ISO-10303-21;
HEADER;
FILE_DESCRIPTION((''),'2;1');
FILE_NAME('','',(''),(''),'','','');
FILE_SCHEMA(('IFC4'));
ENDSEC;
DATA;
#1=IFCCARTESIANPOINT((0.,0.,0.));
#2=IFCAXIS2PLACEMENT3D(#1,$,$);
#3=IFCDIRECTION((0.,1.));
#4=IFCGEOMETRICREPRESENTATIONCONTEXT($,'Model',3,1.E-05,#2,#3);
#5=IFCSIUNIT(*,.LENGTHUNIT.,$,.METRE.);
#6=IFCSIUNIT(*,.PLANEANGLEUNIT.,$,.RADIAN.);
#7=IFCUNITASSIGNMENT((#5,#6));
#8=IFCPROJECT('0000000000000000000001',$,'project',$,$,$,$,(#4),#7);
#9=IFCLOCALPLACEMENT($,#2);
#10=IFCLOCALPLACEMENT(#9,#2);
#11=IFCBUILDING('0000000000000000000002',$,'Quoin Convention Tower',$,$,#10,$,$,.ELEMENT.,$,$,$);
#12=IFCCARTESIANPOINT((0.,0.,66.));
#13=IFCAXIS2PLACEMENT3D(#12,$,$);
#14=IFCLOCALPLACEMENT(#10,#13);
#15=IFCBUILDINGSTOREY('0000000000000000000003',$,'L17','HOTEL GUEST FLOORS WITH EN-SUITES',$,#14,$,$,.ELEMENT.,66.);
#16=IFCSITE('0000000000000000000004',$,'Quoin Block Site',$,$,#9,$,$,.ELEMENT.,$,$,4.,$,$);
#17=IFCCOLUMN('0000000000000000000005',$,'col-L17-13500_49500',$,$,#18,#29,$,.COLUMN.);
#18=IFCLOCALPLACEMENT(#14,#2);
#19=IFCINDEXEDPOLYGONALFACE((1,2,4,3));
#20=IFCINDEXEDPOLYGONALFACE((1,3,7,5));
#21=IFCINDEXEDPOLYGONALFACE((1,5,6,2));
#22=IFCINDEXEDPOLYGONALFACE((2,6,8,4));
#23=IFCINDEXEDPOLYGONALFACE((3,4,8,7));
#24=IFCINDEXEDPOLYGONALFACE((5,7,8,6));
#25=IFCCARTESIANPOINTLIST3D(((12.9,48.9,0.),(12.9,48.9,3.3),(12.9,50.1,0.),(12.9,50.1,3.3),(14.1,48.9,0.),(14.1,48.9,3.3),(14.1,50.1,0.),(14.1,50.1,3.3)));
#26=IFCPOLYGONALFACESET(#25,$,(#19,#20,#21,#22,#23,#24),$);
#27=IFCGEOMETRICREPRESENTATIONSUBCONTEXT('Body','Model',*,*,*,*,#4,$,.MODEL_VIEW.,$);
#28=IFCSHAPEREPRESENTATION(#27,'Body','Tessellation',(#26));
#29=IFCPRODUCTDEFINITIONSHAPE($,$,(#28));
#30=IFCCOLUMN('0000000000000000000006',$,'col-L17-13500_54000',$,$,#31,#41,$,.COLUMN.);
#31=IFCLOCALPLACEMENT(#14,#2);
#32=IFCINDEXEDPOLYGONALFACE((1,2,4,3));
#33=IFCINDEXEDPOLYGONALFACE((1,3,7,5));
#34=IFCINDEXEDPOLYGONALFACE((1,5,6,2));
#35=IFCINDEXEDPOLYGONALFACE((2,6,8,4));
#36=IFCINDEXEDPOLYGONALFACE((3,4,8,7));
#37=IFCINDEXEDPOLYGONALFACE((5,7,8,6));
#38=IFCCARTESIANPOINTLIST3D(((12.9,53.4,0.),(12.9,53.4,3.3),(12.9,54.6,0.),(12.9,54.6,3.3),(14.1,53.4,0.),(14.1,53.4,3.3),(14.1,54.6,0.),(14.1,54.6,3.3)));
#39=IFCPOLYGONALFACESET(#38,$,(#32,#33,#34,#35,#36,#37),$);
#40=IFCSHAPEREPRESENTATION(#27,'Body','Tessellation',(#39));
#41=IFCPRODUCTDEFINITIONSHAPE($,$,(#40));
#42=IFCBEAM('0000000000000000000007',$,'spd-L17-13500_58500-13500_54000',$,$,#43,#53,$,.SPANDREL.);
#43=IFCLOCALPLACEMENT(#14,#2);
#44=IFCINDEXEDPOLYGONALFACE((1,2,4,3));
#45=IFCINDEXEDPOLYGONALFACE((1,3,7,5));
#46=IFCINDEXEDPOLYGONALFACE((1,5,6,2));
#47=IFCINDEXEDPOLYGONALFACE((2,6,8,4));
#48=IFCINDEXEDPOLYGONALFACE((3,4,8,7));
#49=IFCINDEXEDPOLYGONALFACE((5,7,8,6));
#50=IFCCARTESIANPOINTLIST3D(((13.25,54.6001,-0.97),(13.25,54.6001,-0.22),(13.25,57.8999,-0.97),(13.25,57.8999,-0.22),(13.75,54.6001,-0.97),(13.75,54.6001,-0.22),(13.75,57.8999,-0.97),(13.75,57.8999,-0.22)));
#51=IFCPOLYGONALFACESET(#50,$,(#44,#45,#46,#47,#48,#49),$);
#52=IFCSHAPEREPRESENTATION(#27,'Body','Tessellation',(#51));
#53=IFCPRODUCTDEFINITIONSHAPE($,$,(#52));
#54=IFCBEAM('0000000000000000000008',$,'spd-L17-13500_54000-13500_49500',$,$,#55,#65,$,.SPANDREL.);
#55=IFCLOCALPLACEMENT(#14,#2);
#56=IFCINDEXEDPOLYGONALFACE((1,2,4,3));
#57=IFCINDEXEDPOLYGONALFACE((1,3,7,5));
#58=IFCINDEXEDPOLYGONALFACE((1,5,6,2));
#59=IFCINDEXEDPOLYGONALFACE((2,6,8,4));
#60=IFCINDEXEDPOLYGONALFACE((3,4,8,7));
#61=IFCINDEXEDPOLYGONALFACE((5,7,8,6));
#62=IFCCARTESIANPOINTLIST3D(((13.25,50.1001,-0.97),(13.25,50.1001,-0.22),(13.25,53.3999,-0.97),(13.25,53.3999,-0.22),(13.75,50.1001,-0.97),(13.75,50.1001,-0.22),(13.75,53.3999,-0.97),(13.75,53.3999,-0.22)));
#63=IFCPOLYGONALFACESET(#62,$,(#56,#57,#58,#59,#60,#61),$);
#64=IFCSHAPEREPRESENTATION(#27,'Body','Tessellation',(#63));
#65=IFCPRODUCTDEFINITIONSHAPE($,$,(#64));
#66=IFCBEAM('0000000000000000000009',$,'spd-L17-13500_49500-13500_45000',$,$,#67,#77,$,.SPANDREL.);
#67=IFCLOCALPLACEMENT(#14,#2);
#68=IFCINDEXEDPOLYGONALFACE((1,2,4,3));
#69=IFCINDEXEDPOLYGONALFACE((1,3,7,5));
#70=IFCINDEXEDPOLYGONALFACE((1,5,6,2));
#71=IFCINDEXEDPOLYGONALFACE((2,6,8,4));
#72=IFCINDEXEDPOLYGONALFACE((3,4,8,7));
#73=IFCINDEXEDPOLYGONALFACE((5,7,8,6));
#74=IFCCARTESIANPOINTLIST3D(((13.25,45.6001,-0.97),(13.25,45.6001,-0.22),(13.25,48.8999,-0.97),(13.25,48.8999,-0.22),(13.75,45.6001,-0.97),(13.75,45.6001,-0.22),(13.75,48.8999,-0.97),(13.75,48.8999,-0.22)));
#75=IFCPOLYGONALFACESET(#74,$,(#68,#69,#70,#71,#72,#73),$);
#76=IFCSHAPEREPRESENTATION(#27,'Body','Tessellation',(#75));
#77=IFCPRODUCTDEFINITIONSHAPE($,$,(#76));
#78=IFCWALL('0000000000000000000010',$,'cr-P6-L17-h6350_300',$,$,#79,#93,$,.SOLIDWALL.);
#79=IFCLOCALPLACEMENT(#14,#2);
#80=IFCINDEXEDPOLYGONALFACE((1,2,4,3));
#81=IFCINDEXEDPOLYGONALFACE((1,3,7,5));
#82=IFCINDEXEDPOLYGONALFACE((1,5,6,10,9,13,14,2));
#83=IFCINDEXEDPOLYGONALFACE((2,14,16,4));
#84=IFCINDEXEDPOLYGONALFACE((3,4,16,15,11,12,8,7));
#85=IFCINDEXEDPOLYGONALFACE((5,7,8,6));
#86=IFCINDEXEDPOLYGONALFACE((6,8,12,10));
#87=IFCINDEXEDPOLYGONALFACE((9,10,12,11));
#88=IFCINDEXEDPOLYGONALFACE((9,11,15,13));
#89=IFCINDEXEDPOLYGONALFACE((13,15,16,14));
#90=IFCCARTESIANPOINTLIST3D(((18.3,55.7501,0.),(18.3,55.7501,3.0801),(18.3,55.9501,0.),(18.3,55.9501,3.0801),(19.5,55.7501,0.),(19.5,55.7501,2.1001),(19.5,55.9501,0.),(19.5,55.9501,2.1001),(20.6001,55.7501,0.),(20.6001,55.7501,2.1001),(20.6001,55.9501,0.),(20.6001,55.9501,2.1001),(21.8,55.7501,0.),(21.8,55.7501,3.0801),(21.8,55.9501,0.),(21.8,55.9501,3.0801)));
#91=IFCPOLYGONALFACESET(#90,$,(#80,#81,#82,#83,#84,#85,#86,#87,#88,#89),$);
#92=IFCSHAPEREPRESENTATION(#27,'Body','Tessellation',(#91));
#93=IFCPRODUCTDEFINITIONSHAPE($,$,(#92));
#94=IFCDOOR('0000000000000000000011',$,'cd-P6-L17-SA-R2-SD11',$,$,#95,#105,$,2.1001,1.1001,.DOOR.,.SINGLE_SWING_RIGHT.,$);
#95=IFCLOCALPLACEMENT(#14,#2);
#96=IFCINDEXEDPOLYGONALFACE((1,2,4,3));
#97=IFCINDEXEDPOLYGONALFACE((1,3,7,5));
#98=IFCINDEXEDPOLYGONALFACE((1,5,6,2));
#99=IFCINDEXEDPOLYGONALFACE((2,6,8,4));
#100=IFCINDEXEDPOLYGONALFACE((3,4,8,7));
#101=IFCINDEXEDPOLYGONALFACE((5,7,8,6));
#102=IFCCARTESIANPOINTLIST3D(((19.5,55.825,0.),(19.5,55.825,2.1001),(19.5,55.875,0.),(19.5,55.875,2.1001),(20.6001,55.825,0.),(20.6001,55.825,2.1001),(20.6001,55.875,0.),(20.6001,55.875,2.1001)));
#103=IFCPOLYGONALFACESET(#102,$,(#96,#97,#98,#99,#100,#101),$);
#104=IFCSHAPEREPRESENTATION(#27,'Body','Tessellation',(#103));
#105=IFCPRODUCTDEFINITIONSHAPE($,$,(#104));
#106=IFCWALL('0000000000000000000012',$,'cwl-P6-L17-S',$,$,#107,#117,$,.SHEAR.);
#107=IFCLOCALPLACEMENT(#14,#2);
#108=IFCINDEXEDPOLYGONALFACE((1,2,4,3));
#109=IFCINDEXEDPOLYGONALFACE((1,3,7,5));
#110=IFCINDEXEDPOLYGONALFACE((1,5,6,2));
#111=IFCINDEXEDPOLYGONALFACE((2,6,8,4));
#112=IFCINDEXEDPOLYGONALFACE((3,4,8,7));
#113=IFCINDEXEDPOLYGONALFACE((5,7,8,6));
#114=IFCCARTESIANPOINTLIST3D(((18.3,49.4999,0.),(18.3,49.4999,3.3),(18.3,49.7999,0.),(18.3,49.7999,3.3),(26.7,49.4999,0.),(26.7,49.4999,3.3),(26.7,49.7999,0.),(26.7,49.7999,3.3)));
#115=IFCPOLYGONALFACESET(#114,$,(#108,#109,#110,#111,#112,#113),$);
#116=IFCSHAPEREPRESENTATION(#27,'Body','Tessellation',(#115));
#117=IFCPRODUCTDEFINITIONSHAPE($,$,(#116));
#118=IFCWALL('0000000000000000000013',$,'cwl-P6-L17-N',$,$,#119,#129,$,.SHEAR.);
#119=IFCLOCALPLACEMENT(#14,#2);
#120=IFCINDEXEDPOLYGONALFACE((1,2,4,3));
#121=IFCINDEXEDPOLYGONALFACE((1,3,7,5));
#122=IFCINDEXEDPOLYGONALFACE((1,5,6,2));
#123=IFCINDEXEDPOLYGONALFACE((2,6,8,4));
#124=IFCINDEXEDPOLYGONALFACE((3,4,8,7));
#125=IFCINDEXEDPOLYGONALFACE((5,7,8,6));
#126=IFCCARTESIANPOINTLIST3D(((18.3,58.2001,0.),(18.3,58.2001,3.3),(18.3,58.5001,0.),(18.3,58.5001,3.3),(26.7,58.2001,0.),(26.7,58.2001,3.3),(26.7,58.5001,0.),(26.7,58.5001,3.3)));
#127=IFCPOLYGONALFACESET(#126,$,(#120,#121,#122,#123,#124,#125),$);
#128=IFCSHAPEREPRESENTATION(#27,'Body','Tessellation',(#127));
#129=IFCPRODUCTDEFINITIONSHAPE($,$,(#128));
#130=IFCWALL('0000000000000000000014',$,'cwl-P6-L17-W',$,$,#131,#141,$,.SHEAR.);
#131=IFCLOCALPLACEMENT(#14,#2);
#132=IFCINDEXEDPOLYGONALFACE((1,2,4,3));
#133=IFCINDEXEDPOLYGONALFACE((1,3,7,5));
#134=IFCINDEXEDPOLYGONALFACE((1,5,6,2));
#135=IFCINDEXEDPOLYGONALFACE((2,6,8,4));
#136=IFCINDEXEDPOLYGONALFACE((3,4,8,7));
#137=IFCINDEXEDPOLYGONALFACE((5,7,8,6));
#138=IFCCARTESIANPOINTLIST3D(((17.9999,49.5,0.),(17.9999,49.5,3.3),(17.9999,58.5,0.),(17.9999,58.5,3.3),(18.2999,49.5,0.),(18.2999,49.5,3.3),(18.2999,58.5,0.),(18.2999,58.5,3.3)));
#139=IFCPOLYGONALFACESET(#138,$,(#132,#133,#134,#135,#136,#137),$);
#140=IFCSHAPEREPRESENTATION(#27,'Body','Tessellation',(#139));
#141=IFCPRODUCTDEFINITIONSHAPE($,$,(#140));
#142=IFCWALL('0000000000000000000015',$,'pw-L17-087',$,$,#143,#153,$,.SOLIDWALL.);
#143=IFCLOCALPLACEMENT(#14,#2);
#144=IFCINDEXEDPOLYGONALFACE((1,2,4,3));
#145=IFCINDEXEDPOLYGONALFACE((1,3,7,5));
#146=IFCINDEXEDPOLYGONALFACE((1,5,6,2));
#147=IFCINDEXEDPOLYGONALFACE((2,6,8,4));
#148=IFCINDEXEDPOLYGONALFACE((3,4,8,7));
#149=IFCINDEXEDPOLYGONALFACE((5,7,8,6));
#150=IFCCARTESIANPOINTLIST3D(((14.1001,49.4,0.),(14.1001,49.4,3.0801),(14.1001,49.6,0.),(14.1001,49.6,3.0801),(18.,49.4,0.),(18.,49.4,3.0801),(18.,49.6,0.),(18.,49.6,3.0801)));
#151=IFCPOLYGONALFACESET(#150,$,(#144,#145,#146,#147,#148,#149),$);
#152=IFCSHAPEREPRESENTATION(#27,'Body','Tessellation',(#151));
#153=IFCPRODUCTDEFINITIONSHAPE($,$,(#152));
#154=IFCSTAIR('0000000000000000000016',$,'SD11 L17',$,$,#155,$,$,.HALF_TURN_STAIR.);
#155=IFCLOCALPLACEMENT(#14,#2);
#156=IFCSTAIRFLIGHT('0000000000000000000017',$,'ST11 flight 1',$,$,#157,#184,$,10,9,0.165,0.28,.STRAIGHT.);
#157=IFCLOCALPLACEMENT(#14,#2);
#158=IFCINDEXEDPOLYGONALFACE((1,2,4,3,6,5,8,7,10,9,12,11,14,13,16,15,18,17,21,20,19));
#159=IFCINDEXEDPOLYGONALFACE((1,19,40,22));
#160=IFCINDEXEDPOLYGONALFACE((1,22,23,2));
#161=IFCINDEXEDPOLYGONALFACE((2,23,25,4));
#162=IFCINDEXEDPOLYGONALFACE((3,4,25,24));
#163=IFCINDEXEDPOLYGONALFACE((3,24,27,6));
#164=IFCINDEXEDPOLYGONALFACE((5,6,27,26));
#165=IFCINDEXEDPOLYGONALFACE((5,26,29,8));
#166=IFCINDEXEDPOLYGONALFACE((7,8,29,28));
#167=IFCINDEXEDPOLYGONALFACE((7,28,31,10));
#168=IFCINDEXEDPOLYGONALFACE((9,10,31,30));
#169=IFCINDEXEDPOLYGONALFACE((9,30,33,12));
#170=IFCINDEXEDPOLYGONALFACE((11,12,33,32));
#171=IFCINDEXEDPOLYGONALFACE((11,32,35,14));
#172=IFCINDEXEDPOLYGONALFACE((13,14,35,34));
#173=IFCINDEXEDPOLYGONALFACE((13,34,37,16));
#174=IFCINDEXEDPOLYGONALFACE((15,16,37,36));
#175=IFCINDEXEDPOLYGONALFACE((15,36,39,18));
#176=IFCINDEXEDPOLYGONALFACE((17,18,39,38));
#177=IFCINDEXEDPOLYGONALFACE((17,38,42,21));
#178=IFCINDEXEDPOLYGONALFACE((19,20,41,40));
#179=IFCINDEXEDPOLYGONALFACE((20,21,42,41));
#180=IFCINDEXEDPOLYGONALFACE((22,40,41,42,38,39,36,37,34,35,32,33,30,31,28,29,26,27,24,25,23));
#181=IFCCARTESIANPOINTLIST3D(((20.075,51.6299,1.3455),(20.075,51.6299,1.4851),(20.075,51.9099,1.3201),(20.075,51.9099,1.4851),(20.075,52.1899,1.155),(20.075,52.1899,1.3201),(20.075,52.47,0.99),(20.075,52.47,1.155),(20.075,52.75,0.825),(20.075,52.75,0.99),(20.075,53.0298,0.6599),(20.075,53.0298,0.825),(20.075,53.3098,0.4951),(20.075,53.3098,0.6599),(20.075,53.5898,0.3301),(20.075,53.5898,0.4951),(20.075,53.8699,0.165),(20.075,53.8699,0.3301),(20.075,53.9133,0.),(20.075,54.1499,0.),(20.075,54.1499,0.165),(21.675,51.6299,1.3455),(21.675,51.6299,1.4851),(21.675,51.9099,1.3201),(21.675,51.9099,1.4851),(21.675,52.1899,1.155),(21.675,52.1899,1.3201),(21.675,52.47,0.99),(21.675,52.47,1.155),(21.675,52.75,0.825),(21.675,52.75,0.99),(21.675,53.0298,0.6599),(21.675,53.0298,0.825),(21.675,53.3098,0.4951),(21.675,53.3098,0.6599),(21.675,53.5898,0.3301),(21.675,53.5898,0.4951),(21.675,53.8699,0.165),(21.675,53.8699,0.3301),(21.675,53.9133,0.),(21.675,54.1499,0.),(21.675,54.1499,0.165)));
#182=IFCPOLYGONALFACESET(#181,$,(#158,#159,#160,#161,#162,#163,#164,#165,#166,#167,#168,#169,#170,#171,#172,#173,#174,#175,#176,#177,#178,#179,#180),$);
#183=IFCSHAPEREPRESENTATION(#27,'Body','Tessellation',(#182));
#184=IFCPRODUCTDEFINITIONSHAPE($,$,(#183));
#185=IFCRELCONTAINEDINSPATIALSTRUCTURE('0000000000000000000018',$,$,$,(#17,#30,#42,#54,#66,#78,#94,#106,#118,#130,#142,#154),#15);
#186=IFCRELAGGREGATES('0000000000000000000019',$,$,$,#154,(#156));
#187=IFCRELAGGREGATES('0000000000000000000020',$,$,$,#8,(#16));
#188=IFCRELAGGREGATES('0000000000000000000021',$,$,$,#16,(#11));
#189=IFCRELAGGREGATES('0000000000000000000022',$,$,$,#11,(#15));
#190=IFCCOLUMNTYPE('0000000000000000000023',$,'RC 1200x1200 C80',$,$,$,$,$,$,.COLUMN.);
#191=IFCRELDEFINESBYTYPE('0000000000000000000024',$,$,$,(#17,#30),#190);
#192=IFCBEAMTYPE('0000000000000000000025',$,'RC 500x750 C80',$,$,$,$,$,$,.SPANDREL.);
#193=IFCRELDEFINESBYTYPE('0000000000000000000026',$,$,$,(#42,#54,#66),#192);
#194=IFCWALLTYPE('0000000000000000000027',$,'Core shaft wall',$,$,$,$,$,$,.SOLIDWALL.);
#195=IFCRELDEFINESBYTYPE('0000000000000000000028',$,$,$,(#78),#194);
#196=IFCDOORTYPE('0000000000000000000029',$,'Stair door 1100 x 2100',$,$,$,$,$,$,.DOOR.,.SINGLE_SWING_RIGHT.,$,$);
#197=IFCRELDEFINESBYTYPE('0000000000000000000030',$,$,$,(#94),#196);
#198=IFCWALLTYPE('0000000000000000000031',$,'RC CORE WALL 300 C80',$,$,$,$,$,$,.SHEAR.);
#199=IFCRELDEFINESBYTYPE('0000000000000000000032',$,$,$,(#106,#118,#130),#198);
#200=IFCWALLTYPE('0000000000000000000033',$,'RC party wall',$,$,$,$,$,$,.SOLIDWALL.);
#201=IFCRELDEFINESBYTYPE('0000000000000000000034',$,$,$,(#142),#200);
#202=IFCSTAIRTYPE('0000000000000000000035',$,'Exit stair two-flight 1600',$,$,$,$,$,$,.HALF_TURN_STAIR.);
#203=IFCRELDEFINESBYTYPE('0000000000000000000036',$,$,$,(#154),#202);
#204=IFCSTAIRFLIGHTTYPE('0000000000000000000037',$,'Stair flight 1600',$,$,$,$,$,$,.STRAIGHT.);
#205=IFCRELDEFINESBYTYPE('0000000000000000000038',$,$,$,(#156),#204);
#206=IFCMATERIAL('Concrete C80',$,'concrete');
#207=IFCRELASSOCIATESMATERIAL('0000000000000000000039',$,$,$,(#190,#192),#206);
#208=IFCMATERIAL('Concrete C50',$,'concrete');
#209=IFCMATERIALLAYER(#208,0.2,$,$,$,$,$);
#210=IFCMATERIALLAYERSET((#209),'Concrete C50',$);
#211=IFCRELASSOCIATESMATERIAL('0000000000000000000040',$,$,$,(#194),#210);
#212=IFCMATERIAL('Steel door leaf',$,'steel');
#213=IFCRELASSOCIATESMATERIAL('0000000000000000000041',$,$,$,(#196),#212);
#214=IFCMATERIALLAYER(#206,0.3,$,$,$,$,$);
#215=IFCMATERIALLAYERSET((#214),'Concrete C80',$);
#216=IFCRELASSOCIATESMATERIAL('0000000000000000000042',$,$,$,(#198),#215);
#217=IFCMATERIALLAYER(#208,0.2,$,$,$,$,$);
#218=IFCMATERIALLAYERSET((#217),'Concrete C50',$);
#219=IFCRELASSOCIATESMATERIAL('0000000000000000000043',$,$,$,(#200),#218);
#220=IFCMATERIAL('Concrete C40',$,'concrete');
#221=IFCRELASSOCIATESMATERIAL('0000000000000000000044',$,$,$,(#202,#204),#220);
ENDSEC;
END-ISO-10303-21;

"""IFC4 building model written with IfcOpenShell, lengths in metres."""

from ifc_helpers import new_model, si_unit, direction, frame, frame_2d, origin, origin_2d, place, context, subcontext, project, spatial, polyline, rectangle, outline, extrude, material, layer, layer_set, material_profile, profile_set, type_object, element, fill, aggregate, save


model = new_model("IFC4")

# Units and contexts
model_context = context("Model", 3, precision=1e-05, world=origin(), true_north=direction((0.0, 1.0)))
body_context = subcontext(model_context, "Body", "Model", "MODEL_VIEW")
ifc_project = project(units=[si_unit("LENGTHUNIT", "METRE"), si_unit("PLANEANGLEUNIT", "RADIAN")], contexts=[model_context])

# Site, building, storey
site_placement = place(None, origin())
site = spatial("IfcSite", under=ifc_project, at=site_placement, Name="Quoin Block Site", CompositionType="ELEMENT", RefElevation=4.0)
building_placement = place(site_placement, origin())
building = spatial("IfcBuilding", under=site, at=building_placement, Name="Quoin Convention Tower", CompositionType="ELEMENT")
storey_placement = place(building_placement, frame((0.0, 0.0, 66.0)))
storey = spatial("IfcBuildingStorey", under=building, at=storey_placement, Name="L17", Description="HOTEL GUEST FLOORS WITH EN-SUITES", CompositionType="ELEMENT", Elevation=66.0)

# Columns
ifc_material_1 = material(Name="Concrete C80", Category="concrete")
ifc_material_profile_1 = material_profile(ifc_material_1, rectangle(XDim=1.2, YDim=1.2, at=origin_2d()), Name="RC 1200x1200")
ifc_profile_set_1 = profile_set([ifc_material_profile_1], Name="Concrete C80")
column_type = type_object("IfcColumnType", Name="RC 1200x1200 C80", PredefinedType="COLUMN", material=ifc_profile_set_1)
for number, where, z_axis, x_axis, name in (
    (1, (13.5, 49.5, 0.0), (0.0, 0.0, 1.0), (1.0, 0.0, 0.0), "col-L17-13500_49500"),
    (2, (13.5, 54.0, 0.0), (0.0, 0.0, 1.0), (1.0, 0.0, 0.0), "col-L17-13500_54000"),
):
    element("IfcColumn", number, at=place(storey_placement, frame(where, z_axis=z_axis, x_axis=x_axis)), inside=storey, type_object=column_type, Name=name, PredefinedType="COLUMN", context=body_context, shape_type="SweptSolid", body=[
        extrude(rectangle(XDim=1.2, YDim=1.2, at=origin_2d()), origin(), (0.0, 0.0, 1.0), 3.3),
    ])

# Beams
ifc_material_profile_2 = material_profile(ifc_material_1, rectangle(XDim=0.5, YDim=0.75, at=origin_2d()), Name="RC 500x750")
ifc_profile_set_2 = profile_set([ifc_material_profile_2], Name="Concrete C80")
beam_type = type_object("IfcBeamType", Name="RC 500x750 C80", PredefinedType="SPANDREL", material=ifc_profile_set_2)
for number, where, z_axis, x_axis, name in (
    (3, (13.5, 57.8999, -0.595), (0.0, -1.0, 0.0), (1.0, 0.0, 0.0), "spd-L17-13500_58500-13500_54000"),
    (4, (13.5, 53.3999, -0.595), (0.0, -1.0, 0.0), (1.0, 0.0, 0.0), "spd-L17-13500_54000-13500_49500"),
    (5, (13.5, 48.8999, -0.595), (0.0, -1.0, 0.0), (1.0, 0.0, 0.0), "spd-L17-13500_49500-13500_45000"),
):
    element("IfcBeam", number, at=place(storey_placement, frame(where, z_axis=z_axis, x_axis=x_axis)), inside=storey, type_object=beam_type, Name=name, PredefinedType="SPANDREL", context=body_context, shape_type="SweptSolid", body=[
        extrude(rectangle(XDim=0.5, YDim=0.75, at=origin_2d()), origin(), (0.0, 0.0, 1.0), 3.2998),
    ])

# Wall, opening, door
ifc_material_2 = material(Name="Concrete C50", Category="concrete")
ifc_layer_1 = layer(ifc_material_2, 0.2)
ifc_layer_set_1 = layer_set([ifc_layer_1], Name="Concrete C50")
wall_type_1 = type_object("IfcWallType", Name="Core shaft wall", PredefinedType="SOLIDWALL", material=ifc_layer_set_1)
wall_1_placement = place(storey_placement, frame((18.3, 55.8501, 0.0), z_axis=(0.0, 0.0, 1.0), x_axis=(1.0, 0.0, 0.0)))
wall_1 = element("IfcWall", 6, at=wall_1_placement, inside=storey, type_object=wall_type_1, Name="cr-P6-L17-h6350_300", PredefinedType="SOLIDWALL", context=body_context, shape_type="SweptSolid", body=[
    extrude(rectangle(XDim=3.5, YDim=0.2, at=frame_2d((1.75, 0.0))), origin(), (0.0, 0.0, 1.0), 3.0801),
])
opening_placement = place(wall_1_placement, frame((1.2, 0.0, 0.0)))
opening = element("IfcOpeningElement", 7, at=opening_placement, cuts=wall_1, PredefinedType="OPENING", context=body_context, shape_type="SweptSolid", body=[
    extrude(rectangle(XDim=1.1001, YDim=2.1001, at=frame_2d((0.55, 1.05))), frame((0.0, 0.1099, 0.0), z_axis=(0.0, -1.0, 0.0), x_axis=(1.0, 0.0, 0.0)), (0.0, 0.0, 1.0), 0.22),
])
ifc_material_3 = material(Name="Steel door leaf", Category="steel")
door_type = type_object("IfcDoorType", Name="Stair door 1100 x 2100", OperationType="SINGLE_SWING_RIGHT", PredefinedType="DOOR", material=ifc_material_3)
door_placement = place(opening_placement, origin())
door = element("IfcDoor", 8, at=door_placement, inside=storey, type_object=door_type, Name="cd-P6-L17-SA-R2-SD11", OperationType="SINGLE_SWING_RIGHT", OverallHeight=2.1001, OverallWidth=1.1001, PredefinedType="DOOR", context=body_context, shape_type="SweptSolid", body=[
    extrude(rectangle(XDim=1.1001, YDim=2.1001, at=frame_2d((0.55, 1.05))), frame((0.0, 0.0249, 0.0), z_axis=(0.0, -1.0, 0.0), x_axis=(1.0, 0.0, 0.0)), (0.0, 0.0, 1.0), 0.05),
])
fill(opening, door)

# Walls
ifc_layer_2 = layer(ifc_material_1, 0.3)
ifc_layer_set_2 = layer_set([ifc_layer_2], Name="Concrete C80")
wall_type_2 = type_object("IfcWallType", Name="RC CORE WALL 300 C80", PredefinedType="SHEAR", material=ifc_layer_set_2)
for number, where, z_axis, x_axis, name in (
    (9, (18.3, 49.6499, 0.0), (0.0, 0.0, 1.0), (1.0, 0.0, 0.0), "cwl-P6-L17-S"),
    (10, (18.3, 58.3501, 0.0), (0.0, 0.0, 1.0), (1.0, 0.0, 0.0), "cwl-P6-L17-N"),
):
    element("IfcWall", number, at=place(storey_placement, frame(where, z_axis=z_axis, x_axis=x_axis)), inside=storey, type_object=wall_type_2, Name=name, PredefinedType="SHEAR", context=body_context, shape_type="SweptSolid", body=[
        extrude(rectangle(XDim=8.3999, YDim=0.3, at=frame_2d((4.2, 0.0))), origin(), (0.0, 0.0, 1.0), 3.3),
    ])
wall_2_placement = place(storey_placement, frame((18.1499, 49.5, 0.0), z_axis=(0.0, 0.0, 1.0), x_axis=(0.0, 1.0, 0.0)))
element("IfcWall", 11, at=wall_2_placement, inside=storey, type_object=wall_type_2, Name="cwl-P6-L17-W", PredefinedType="SHEAR", context=body_context, shape_type="SweptSolid", body=[
    extrude(rectangle(XDim=9.0, YDim=0.3, at=frame_2d((4.5, 0.0))), origin(), (0.0, 0.0, 1.0), 3.3),
])
ifc_layer_3 = layer(ifc_material_2, 0.2)
ifc_layer_set_3 = layer_set([ifc_layer_3], Name="Concrete C50")
wall_type_3 = type_object("IfcWallType", Name="RC party wall", PredefinedType="SOLIDWALL", material=ifc_layer_set_3)
wall_3_placement = place(storey_placement, frame((14.1001, 49.5, 0.0), z_axis=(0.0, 0.0, 1.0), x_axis=(1.0, 0.0, 0.0)))
element("IfcWall", 12, at=wall_3_placement, inside=storey, type_object=wall_type_3, Name="pw-L17-087", PredefinedType="SOLIDWALL", context=body_context, shape_type="SweptSolid", body=[
    extrude(rectangle(XDim=3.8999, YDim=0.2, at=frame_2d((1.95, 0.0))), origin(), (0.0, 0.0, 1.0), 3.0801),
])

# Stair, stair flight
ifc_material_4 = material(Name="Concrete C40", Category="concrete")
stair_type = type_object("IfcStairType", Name="Exit stair two-flight 1600", PredefinedType="HALF_TURN_STAIR", material=ifc_material_4)
stair_placement = place(storey_placement, origin())
stair = element("IfcStair", 13, at=stair_placement, inside=storey, type_object=stair_type, Name="SD11 L17", PredefinedType="HALF_TURN_STAIR")
stair_flight_type = type_object("IfcStairFlightType", Name="Stair flight 1600", PredefinedType="STRAIGHT", material=ifc_material_4)
stair_flight_1_placement = place(storey_placement, frame((20.875, 54.1499, 0.0), z_axis=(0.0, 0.0, 1.0), x_axis=(0.0, -1.0, 0.0)))
stair_flight_1 = element("IfcStairFlight", 14, at=stair_flight_1_placement, type_object=stair_flight_type, Name="ST11 flight 1", NumberOfRisers=10, NumberOfTreads=9, PredefinedType="STRAIGHT", RiserHeight=0.165, TreadLength=0.28, context=body_context, shape_type="SweptSolid", body=[
    extrude(outline(polyline([(0.0, 0.0), (0.0, 0.165), (0.28, 0.165), (0.28, 0.3301), (0.5601, 0.3301), (0.5601, 0.4951), (0.8401, 0.4951), (0.8401, 0.6599), (1.1201, 0.6599), (1.1201, 0.825), (1.3999, 0.825), (1.3999, 0.99), (1.6799, 0.99), (1.6799, 1.155), (1.96, 1.155), (1.96, 1.3201), (2.24, 1.3201), (2.24, 1.4851), (2.52, 1.4851), (2.52, 1.6499), (2.52, 1.3455), (0.2366, 0.0), (0.0, 0.0)])), frame((0.0, 0.8, 0.0), z_axis=(0.0, -1.0, 0.0), x_axis=(1.0, 0.0, 0.0)), (0.0, 0.0, 1.0), 1.6001),
])
aggregate(stair, [stair_flight_1])

save(model, "model.ifc")
